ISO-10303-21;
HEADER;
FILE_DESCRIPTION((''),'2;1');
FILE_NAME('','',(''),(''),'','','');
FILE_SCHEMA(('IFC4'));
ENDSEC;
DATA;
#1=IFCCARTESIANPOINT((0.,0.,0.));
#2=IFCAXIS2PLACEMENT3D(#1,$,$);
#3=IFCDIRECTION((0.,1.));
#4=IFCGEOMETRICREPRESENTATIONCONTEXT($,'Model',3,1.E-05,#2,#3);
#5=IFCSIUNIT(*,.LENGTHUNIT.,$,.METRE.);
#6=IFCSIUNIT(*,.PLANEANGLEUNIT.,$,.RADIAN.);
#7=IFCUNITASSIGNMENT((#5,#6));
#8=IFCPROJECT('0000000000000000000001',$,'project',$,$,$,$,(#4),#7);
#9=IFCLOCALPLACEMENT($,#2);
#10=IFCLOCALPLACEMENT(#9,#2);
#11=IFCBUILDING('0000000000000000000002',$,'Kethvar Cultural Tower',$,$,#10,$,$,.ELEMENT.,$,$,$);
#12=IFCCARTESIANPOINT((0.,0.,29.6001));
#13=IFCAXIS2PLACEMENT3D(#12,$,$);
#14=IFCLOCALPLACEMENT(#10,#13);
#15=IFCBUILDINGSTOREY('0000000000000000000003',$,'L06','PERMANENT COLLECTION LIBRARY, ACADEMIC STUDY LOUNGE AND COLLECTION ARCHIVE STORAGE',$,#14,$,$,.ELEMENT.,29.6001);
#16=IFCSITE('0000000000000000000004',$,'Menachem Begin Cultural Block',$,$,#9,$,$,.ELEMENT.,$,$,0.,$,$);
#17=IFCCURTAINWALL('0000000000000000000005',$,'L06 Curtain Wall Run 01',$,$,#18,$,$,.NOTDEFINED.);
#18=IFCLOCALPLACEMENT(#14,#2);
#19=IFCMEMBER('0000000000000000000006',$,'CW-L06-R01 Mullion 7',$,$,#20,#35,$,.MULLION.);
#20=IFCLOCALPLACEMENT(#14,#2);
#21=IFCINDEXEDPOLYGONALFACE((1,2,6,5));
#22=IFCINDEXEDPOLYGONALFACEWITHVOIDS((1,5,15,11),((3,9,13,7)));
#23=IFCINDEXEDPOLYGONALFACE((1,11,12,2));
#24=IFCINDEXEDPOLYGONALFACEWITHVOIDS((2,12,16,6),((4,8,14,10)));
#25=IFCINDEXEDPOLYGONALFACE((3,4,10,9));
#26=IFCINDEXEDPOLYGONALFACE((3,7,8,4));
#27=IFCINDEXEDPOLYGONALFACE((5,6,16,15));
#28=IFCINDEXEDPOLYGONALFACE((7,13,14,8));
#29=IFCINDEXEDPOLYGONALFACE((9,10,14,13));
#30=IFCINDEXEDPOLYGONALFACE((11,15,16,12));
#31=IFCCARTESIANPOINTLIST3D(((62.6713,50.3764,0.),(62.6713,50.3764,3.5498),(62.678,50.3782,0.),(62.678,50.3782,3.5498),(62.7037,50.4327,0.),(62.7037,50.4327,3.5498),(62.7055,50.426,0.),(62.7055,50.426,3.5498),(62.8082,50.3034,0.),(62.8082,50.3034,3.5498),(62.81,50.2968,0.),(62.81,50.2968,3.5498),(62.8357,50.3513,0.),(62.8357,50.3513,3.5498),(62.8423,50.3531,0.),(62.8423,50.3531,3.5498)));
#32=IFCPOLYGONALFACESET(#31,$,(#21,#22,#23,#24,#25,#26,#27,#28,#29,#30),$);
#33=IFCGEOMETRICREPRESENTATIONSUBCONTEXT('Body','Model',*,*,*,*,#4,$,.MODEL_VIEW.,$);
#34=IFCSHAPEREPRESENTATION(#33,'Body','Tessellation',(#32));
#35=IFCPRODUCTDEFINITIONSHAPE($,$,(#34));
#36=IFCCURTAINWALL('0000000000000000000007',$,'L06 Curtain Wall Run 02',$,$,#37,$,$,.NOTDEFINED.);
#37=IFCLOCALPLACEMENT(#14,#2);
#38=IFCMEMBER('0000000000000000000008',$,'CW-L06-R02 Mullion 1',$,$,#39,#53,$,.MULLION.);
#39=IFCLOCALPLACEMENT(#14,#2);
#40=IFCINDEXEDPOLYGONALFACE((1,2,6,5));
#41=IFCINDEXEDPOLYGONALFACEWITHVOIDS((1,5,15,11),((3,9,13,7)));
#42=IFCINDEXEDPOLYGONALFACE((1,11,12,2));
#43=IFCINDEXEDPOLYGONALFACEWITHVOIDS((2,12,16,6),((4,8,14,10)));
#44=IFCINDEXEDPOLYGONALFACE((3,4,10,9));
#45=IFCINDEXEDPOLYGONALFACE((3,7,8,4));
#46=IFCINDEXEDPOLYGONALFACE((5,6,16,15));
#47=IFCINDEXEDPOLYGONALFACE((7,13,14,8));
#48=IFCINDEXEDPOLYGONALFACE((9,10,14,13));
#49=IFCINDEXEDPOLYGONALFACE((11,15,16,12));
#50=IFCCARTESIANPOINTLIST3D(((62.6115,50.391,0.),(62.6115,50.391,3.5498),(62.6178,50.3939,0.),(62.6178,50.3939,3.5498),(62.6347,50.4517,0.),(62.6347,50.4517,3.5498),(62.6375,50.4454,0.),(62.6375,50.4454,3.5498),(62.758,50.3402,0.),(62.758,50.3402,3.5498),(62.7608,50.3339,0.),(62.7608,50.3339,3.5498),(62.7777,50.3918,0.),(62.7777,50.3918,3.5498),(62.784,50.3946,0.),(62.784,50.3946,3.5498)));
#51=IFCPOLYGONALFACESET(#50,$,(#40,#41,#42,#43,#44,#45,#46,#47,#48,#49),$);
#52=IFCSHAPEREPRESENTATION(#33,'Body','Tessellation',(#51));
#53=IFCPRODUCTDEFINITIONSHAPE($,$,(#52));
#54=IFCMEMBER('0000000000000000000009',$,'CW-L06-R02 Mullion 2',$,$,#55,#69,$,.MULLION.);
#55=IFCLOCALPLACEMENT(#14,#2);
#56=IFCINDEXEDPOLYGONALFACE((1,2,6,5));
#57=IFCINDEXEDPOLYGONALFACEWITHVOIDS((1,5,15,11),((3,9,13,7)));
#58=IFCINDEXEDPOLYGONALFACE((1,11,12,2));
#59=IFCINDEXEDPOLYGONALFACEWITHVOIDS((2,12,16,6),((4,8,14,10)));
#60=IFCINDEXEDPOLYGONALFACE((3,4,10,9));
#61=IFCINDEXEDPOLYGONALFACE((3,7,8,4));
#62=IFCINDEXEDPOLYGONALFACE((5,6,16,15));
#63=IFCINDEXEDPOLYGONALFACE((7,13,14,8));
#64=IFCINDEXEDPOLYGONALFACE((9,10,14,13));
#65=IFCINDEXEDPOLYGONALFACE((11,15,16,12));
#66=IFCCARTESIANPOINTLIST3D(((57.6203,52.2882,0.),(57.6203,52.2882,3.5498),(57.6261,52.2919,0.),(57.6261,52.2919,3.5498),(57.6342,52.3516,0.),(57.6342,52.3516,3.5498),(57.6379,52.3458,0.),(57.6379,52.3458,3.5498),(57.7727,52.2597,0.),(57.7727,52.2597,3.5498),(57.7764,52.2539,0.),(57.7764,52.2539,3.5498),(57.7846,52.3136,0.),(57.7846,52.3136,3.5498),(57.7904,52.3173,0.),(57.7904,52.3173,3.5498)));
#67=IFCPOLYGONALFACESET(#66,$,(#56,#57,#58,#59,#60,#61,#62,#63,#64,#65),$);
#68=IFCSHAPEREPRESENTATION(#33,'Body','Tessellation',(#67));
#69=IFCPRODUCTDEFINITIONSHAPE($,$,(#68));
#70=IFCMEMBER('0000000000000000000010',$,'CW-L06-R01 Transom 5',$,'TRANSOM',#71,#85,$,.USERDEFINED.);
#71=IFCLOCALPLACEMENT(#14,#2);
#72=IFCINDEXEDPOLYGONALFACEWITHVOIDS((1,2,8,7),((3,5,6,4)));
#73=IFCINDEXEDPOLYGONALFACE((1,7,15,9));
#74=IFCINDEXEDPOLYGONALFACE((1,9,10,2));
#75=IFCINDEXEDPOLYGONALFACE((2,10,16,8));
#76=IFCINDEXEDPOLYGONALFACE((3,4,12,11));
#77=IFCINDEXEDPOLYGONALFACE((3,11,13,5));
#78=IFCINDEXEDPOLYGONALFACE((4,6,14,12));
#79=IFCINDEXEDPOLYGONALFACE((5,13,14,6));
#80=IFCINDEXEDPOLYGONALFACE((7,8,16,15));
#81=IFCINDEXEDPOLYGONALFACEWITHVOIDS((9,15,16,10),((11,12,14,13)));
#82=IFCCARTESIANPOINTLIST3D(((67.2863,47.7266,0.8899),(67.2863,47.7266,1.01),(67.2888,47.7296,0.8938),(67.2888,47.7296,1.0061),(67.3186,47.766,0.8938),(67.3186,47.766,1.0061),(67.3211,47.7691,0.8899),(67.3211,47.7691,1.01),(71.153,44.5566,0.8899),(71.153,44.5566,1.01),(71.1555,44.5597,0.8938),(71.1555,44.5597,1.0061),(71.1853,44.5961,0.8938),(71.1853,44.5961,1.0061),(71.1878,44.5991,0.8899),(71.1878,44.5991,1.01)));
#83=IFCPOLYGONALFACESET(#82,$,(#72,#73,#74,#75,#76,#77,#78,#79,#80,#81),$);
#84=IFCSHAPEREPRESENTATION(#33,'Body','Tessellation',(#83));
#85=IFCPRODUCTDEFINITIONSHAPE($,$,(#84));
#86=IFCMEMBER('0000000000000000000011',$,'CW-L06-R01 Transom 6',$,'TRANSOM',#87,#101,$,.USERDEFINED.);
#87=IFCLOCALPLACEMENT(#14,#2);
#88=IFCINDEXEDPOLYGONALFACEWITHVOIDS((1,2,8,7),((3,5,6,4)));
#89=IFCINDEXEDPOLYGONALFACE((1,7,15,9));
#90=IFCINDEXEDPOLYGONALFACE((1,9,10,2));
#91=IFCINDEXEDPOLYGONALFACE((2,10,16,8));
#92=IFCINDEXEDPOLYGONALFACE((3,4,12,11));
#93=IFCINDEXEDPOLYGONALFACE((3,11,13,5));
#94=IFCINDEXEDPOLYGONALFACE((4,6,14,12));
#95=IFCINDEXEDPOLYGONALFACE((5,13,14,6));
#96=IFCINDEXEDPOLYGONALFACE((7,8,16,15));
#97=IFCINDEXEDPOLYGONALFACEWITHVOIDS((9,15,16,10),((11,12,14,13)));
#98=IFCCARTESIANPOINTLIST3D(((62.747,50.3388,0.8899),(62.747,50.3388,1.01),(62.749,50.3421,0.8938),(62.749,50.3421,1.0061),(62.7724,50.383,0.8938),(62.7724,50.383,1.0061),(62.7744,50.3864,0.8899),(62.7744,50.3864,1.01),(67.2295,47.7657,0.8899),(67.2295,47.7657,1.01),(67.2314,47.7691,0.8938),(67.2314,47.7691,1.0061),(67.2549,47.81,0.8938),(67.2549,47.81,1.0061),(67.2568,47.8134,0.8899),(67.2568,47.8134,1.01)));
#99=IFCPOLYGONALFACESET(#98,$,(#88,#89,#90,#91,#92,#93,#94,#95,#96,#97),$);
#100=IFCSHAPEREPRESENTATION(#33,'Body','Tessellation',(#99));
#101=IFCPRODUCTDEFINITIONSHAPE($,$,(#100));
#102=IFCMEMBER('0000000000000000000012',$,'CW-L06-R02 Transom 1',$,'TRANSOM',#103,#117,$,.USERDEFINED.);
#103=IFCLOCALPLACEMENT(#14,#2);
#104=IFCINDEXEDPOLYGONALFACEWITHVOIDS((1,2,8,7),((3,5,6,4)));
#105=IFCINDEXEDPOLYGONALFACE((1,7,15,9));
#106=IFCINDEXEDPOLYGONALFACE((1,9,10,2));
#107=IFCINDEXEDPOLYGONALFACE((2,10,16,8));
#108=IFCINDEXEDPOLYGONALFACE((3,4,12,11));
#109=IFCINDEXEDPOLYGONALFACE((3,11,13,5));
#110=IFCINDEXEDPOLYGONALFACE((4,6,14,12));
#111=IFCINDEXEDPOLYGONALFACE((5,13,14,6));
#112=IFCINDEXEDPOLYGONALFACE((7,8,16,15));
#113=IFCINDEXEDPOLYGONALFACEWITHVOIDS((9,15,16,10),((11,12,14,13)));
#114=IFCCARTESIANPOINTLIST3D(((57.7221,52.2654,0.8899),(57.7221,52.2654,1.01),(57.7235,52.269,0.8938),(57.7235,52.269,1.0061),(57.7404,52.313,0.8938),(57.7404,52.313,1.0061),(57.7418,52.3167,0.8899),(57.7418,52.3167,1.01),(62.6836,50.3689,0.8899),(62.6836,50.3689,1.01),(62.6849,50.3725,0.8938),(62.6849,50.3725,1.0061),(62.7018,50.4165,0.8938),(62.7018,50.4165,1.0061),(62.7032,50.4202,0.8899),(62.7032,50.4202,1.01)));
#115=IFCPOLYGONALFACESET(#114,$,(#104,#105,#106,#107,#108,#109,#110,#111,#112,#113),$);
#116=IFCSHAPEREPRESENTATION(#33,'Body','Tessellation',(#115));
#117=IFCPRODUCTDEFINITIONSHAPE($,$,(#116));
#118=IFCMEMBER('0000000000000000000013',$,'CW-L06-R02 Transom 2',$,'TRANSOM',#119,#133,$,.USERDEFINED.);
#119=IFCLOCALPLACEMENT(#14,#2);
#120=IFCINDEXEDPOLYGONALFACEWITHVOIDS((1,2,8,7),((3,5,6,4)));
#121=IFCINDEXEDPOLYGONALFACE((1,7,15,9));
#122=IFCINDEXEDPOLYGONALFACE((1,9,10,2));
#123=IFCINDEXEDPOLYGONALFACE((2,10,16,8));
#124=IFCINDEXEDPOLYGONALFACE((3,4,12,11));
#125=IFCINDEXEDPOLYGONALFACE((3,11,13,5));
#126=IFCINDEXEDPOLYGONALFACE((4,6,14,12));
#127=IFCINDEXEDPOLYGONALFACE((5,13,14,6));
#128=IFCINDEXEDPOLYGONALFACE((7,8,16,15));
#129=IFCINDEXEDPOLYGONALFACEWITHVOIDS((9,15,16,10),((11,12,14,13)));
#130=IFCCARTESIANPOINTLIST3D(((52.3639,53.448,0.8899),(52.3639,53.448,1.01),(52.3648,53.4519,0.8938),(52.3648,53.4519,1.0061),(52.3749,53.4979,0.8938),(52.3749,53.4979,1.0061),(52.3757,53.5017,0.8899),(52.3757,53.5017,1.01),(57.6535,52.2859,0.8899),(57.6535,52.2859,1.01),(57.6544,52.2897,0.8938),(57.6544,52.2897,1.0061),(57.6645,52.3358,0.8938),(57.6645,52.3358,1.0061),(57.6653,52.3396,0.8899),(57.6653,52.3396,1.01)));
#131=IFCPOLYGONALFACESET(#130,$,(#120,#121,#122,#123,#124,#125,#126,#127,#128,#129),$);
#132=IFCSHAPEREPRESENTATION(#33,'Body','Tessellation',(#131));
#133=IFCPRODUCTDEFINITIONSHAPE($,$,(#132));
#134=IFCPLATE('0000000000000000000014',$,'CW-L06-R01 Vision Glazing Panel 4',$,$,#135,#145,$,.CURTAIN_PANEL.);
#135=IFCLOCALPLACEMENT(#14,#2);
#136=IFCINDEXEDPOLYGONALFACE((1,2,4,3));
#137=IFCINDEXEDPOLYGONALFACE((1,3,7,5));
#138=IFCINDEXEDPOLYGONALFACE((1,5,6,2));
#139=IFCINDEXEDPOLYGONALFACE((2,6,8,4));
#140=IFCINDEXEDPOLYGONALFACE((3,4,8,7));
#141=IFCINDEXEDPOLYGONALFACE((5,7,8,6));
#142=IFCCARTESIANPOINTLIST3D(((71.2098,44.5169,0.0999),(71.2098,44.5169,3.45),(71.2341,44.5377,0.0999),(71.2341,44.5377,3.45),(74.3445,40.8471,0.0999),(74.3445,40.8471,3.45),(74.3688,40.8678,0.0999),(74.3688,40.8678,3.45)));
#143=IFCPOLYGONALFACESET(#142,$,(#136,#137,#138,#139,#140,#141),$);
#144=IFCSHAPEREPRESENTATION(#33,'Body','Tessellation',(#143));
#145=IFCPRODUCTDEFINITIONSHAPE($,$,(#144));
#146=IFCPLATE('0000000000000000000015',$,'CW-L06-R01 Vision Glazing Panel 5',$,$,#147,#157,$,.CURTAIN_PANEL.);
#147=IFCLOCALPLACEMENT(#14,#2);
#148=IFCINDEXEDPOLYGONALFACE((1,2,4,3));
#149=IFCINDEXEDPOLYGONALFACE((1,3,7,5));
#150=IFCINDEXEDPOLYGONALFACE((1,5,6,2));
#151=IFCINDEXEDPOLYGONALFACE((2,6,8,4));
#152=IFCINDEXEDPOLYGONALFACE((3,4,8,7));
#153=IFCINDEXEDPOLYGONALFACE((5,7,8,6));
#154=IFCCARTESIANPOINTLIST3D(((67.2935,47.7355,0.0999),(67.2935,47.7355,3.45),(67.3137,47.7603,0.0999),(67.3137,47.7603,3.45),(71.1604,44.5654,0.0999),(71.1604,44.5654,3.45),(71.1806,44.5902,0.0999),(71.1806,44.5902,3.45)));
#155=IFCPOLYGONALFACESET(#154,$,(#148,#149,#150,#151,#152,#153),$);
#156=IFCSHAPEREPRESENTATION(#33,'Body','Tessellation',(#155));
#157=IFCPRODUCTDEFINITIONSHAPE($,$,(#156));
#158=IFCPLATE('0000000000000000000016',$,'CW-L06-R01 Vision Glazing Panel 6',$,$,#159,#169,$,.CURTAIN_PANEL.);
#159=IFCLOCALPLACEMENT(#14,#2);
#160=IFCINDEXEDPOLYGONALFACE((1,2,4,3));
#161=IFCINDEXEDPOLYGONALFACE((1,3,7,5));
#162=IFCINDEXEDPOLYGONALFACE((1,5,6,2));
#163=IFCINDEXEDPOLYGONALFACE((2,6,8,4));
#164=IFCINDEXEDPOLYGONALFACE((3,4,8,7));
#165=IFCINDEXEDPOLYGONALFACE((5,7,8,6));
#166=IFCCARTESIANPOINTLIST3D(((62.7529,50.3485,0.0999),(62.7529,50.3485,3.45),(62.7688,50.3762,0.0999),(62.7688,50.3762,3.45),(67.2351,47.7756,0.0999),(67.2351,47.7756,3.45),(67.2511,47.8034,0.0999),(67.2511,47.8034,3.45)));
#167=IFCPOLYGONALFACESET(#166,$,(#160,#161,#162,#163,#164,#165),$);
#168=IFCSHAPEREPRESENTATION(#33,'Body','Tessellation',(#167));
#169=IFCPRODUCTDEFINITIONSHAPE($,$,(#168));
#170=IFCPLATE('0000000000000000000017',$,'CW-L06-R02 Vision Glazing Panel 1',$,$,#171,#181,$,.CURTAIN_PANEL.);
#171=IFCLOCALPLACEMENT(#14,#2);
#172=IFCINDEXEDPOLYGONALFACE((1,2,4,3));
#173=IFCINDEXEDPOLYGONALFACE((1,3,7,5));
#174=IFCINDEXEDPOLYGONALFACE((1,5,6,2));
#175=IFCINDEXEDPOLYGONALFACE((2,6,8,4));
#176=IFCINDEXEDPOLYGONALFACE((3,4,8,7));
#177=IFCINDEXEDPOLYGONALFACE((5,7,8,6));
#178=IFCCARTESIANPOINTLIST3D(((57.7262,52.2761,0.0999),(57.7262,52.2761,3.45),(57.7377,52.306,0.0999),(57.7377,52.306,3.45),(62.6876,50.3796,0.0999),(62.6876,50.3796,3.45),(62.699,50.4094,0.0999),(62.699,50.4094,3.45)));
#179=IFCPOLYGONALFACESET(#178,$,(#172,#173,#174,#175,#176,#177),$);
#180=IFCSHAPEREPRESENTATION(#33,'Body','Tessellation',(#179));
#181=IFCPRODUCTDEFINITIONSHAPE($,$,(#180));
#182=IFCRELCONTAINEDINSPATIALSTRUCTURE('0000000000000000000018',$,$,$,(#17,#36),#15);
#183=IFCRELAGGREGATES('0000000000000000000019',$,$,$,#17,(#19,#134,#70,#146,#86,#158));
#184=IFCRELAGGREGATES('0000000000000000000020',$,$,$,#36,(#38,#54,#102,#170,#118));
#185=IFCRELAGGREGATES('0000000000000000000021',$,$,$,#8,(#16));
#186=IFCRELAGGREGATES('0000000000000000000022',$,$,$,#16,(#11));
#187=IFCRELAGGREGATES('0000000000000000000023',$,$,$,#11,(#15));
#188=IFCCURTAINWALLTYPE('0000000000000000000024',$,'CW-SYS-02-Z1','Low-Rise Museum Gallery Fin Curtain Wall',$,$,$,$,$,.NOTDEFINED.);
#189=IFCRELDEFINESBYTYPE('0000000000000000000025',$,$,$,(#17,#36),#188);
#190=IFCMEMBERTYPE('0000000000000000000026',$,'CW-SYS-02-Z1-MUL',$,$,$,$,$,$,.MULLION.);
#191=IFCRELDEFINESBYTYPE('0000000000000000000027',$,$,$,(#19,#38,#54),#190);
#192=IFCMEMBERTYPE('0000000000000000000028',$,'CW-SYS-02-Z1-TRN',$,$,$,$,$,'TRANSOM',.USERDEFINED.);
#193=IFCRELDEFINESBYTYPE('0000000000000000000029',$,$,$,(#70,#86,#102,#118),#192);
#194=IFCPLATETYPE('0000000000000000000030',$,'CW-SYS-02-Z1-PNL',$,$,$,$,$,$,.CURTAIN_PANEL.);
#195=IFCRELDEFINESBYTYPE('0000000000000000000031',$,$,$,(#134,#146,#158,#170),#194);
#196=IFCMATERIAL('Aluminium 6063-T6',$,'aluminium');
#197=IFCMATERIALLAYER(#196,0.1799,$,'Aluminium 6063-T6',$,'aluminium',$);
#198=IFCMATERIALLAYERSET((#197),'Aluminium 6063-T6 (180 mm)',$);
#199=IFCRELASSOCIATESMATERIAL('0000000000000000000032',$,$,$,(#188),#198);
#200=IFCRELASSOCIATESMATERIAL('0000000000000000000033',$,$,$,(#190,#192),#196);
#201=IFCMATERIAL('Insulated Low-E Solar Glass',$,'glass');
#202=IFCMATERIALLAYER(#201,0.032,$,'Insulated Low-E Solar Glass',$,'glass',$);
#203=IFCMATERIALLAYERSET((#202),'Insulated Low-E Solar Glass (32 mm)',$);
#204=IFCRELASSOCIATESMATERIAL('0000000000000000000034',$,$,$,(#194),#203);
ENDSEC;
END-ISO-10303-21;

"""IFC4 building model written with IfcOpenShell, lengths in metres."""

from ifc_helpers import new_model, si_unit, direction, frame, origin, origin_2d, place, context, subcontext, project, spatial, rectangle, hollow_rectangle, extrude, source, transform, mapped, material, layer, layer_set, material_profile, profile_set, type_object, element, aggregate, save


model = new_model("IFC4")

# Units and contexts
model_context = context("Model", 3, precision=1e-05, world=origin(), true_north=direction((0.0, 1.0)))
body_context = subcontext(model_context, "Body", "Model", "MODEL_VIEW")
ifc_project = project(units=[si_unit("LENGTHUNIT", "METRE"), si_unit("PLANEANGLEUNIT", "RADIAN")], contexts=[model_context])

# Site, building, storey
site_placement = place(None, origin())
site = spatial("IfcSite", under=ifc_project, at=site_placement, Name="Menachem Begin Cultural Block", CompositionType="ELEMENT", RefElevation=0.0)
building_placement = place(site_placement, origin())
building = spatial("IfcBuilding", under=site, at=building_placement, Name="Kethvar Cultural Tower", CompositionType="ELEMENT")
storey_placement = place(building_placement, frame((0.0, 0.0, 29.6001)))
storey = spatial("IfcBuildingStorey", under=building, at=storey_placement, Name="L06", Description="PERMANENT COLLECTION LIBRARY, ACADEMIC STUDY LOUNGE AND COLLECTION ARCHIVE STORAGE", CompositionType="ELEMENT", Elevation=29.6001)

# Curtain walls, members
ifc_material_1 = material(Name="Aluminium 6063-T6", Category="aluminium")
ifc_layer_1 = layer(ifc_material_1, 0.1799, Name="Aluminium 6063-T6", Category="aluminium")
ifc_layer_set_1 = layer_set([ifc_layer_1], Name="Aluminium 6063-T6 (180 mm)")
curtain_wall_type = type_object("IfcCurtainWallType", Name="CW-SYS-02-Z1", Description="Low-Rise Museum Gallery Fin Curtain Wall", PredefinedType="NOTDEFINED", material=ifc_layer_set_1)
curtain_wall_1_placement = place(storey_placement, origin())
curtain_wall_1 = element("IfcCurtainWall", 1, at=curtain_wall_1_placement, inside=storey, type_object=curtain_wall_type, Name="L06 Curtain Wall Run 01", PredefinedType="NOTDEFINED")
ifc_material_profile_1 = material_profile(ifc_material_1, hollow_rectangle(XDim=0.0649, YDim=0.1599, WallThickness=0.0049, at=origin_2d()), Name="Aluminium 6063-T6 — RHS160x65x5")
ifc_profile_set_1 = profile_set([ifc_material_profile_1], Name="Aluminium 6063-T6 — RHS160x65x5")
member_type_1 = type_object("IfcMemberType", Name="CW-SYS-02-Z1-MUL", PredefinedType="MULLION", material=ifc_profile_set_1)
shared_shape_1 = source(origin(), body_context, "Body", "SweptSolid", [
    extrude(hollow_rectangle(XDim=0.0649, YDim=0.1599, WallThickness=0.0049, at=origin_2d()), origin(), (0.0, 0.0, 1.0), 3.5498),
])
member_1_placement = place(storey_placement, frame((62.7568, 50.3647, 0.0), z_axis=(0.0, 0.0, 1.0), x_axis=(-0.497822, -0.867279, 0.0)))
member_1 = element("IfcMember", 2, at=member_1_placement, type_object=member_type_1, Name="CW-L06-R01 Mullion 7", PredefinedType="MULLION", context=body_context, shape_type="MappedRepresentation", body=[
    mapped(shared_shape_1, transform((0.0, 0.0, 0.0), scale=1.0)),
])
curtain_wall_2_placement = place(storey_placement, origin())
curtain_wall_2 = element("IfcCurtainWall", 3, at=curtain_wall_2_placement, inside=storey, type_object=curtain_wall_type, Name="L06 Curtain Wall Run 02", PredefinedType="NOTDEFINED")
member_2_placement = place(storey_placement, frame((62.6978, 50.3928, 0.0), z_axis=(0.0, 0.0, 1.0), x_axis=(-0.357064, -0.93408, 0.0)))
member_2 = element("IfcMember", 4, at=member_2_placement, type_object=member_type_1, Name="CW-L06-R02 Mullion 1", PredefinedType="MULLION", context=body_context, shape_type="MappedRepresentation", body=[
    mapped(shared_shape_1, transform((0.0, 0.0, 0.0), scale=1.0)),
])
member_3_placement = place(storey_placement, frame((57.7053, 52.3027, 0.0), z_axis=(0.0, 0.0, 1.0), x_axis=(-0.214565, -0.97671, 0.0)))
member_3 = element("IfcMember", 5, at=member_3_placement, type_object=member_type_1, Name="CW-L06-R02 Mullion 2", PredefinedType="MULLION", context=body_context, shape_type="MappedRepresentation", body=[
    mapped(shared_shape_1, transform((0.0, 0.0, 0.0), scale=1.0)),
])

# Members
ifc_material_profile_2 = material_profile(ifc_material_1, hollow_rectangle(XDim=0.0549, YDim=0.1201, WallThickness=0.0039, at=origin_2d()), Name="Aluminium 6063-T6 — RHS120x55x4")
ifc_profile_set_2 = profile_set([ifc_material_profile_2], Name="Aluminium 6063-T6 — RHS120x55x4")
member_type_2 = type_object("IfcMemberType", Name="CW-SYS-02-Z1-TRN", ElementType="TRANSOM", PredefinedType="USERDEFINED", material=ifc_profile_set_2)
shared_shape_2 = source(origin(), body_context, "Body", "SweptSolid", [
    extrude(hollow_rectangle(XDim=0.0549, YDim=0.1201, WallThickness=0.0039, at=origin_2d()), origin(), (0.0, 0.0, 1.0), 5.0),
])
member_4_placement = place(storey_placement, frame((71.1704, 44.5779, 0.95), z_axis=(-0.773343, 0.633987, 0.0), x_axis=(-0.633987, -0.773343, 0.0)))
member_4 = element("IfcMember", 6, at=member_4_placement, type_object=member_type_2, Name="CW-L06-R01 Transom 5", ObjectType="TRANSOM", PredefinedType="USERDEFINED", context=body_context, shape_type="MappedRepresentation", body=[
    mapped(shared_shape_2, transform((0.0, 0.0, 0.0), scale=1.0)),
])
shared_shape_3 = source(origin(), body_context, "Body", "SweptSolid", [
    extrude(hollow_rectangle(XDim=0.0549, YDim=0.1201, WallThickness=0.0039, at=origin_2d()), origin(), (0.0, 0.0, 1.0), 5.1685),
])
member_5_placement = place(storey_placement, frame((67.2432, 47.7896, 0.95), z_axis=(-0.867273, 0.497832, 0.0), x_axis=(-0.497832, -0.867273, 0.0)))
member_5 = element("IfcMember", 7, at=member_5_placement, type_object=member_type_2, Name="CW-L06-R01 Transom 6", ObjectType="TRANSOM", PredefinedType="USERDEFINED", context=body_context, shape_type="MappedRepresentation", body=[
    mapped(shared_shape_3, transform((0.0, 0.0, 0.0), scale=1.0)),
])
shared_shape_4 = source(origin(), body_context, "Body", "SweptSolid", [
    extrude(hollow_rectangle(XDim=0.0549, YDim=0.1201, WallThickness=0.0039, at=origin_2d()), origin(), (0.0, 0.0, 1.0), 5.3115),
])
member_6_placement = place(storey_placement, frame((62.6934, 50.3945, 0.95), z_axis=(-0.934085, 0.35705, 0.0), x_axis=(-0.35705, -0.934085, 0.0)))
member_6 = element("IfcMember", 8, at=member_6_placement, type_object=member_type_2, Name="CW-L06-R02 Transom 1", ObjectType="TRANSOM", PredefinedType="USERDEFINED", context=body_context, shape_type="MappedRepresentation", body=[
    mapped(shared_shape_4, transform((0.0, 0.0, 0.0), scale=1.0)),
])
shared_shape_5 = source(origin(), body_context, "Body", "SweptSolid", [
    extrude(hollow_rectangle(XDim=0.0549, YDim=0.1201, WallThickness=0.0039, at=origin_2d()), origin(), (0.0, 0.0, 1.0), 5.4158),
])
member_7_placement = place(storey_placement, frame((57.6594, 52.3127, 0.95), z_axis=(-0.976706, 0.214581, 0.0), x_axis=(-0.214581, -0.976706, 0.0)))
member_7 = element("IfcMember", 9, at=member_7_placement, type_object=member_type_2, Name="CW-L06-R02 Transom 2", ObjectType="TRANSOM", PredefinedType="USERDEFINED", context=body_context, shape_type="MappedRepresentation", body=[
    mapped(shared_shape_5, transform((0.0, 0.0, 0.0), scale=1.0)),
])

# Plates
ifc_material_2 = material(Name="Insulated Low-E Solar Glass", Category="glass")
ifc_layer_2 = layer(ifc_material_2, 0.032, Name="Insulated Low-E Solar Glass", Category="glass")
ifc_layer_set_2 = layer_set([ifc_layer_2], Name="Insulated Low-E Solar Glass (32 mm)")
plate_type = type_object("IfcPlateType", Name="CW-SYS-02-Z1-PNL", PredefinedType="CURTAIN_PANEL", material=ifc_layer_set_2)
shared_shape_6 = source(origin(), body_context, "Body", "SweptSolid", [
    extrude(rectangle(XDim=4.8264, YDim=0.032, at=origin_2d()), origin(), (0.0, 0.0, 1.0), 3.3501),
])
plate_1_placement = place(storey_placement, frame((72.7893, 42.6924, 0.0999), z_axis=(0.0, 0.0, 1.0), x_axis=(-0.649488, 0.760372, 0.0)))
plate_1 = element("IfcPlate", 10, at=plate_1_placement, type_object=plate_type, Name="CW-L06-R01 Vision Glazing Panel 4", PredefinedType="CURTAIN_PANEL", context=body_context, shape_type="MappedRepresentation", body=[
    mapped(shared_shape_6, transform((0.0, 0.0, 0.0), scale=1.0)),
])
shared_shape_7 = source(origin(), body_context, "Body", "SweptSolid", [
    extrude(rectangle(XDim=5.0002, YDim=0.032, at=origin_2d()), origin(), (0.0, 0.0, 1.0), 3.3501),
])
plate_2_placement = place(storey_placement, frame((69.2371, 46.1628, 0.0999), z_axis=(0.0, 0.0, 1.0), x_axis=(-0.773343, 0.633988, 0.0)))
plate_2 = element("IfcPlate", 11, at=plate_2_placement, type_object=plate_type, Name="CW-L06-R01 Vision Glazing Panel 5", PredefinedType="CURTAIN_PANEL", context=body_context, shape_type="MappedRepresentation", body=[
    mapped(shared_shape_7, transform((0.0, 0.0, 0.0), scale=1.0)),
])
shared_shape_8 = source(origin(), body_context, "Body", "SweptSolid", [
    extrude(rectangle(XDim=5.1682, YDim=0.032, at=origin_2d()), origin(), (0.0, 0.0, 1.0), 3.3501),
])
plate_3_placement = place(storey_placement, frame((65.002, 49.0759, 0.0999), z_axis=(0.0, 0.0, 1.0), x_axis=(-0.867279, 0.497822, 0.0)))
plate_3 = element("IfcPlate", 12, at=plate_3_placement, type_object=plate_type, Name="CW-L06-R01 Vision Glazing Panel 6", PredefinedType="CURTAIN_PANEL", context=body_context, shape_type="MappedRepresentation", body=[
    mapped(shared_shape_8, transform((0.0, 0.0, 0.0), scale=1.0)),
])
aggregate(curtain_wall_1, [member_1, plate_1, member_4, plate_2, member_5, plate_3])
shared_shape_9 = source(origin(), body_context, "Body", "SweptSolid", [
    extrude(rectangle(XDim=5.3115, YDim=0.032, at=origin_2d()), origin(), (0.0, 0.0, 1.0), 3.3501),
])
plate_4_placement = place(storey_placement, frame((60.2126, 51.3428, 0.0999), z_axis=(0.0, 0.0, 1.0), x_axis=(-0.93408, 0.357064, 0.0)))
plate_4 = element("IfcPlate", 13, at=plate_4_placement, type_object=plate_type, Name="CW-L06-R02 Vision Glazing Panel 1", PredefinedType="CURTAIN_PANEL", context=body_context, shape_type="MappedRepresentation", body=[
    mapped(shared_shape_9, transform((0.0, 0.0, 0.0), scale=1.0)),
])
aggregate(curtain_wall_2, [member_2, member_3, member_6, plate_4, member_7])

save(model, "model.ifc")
